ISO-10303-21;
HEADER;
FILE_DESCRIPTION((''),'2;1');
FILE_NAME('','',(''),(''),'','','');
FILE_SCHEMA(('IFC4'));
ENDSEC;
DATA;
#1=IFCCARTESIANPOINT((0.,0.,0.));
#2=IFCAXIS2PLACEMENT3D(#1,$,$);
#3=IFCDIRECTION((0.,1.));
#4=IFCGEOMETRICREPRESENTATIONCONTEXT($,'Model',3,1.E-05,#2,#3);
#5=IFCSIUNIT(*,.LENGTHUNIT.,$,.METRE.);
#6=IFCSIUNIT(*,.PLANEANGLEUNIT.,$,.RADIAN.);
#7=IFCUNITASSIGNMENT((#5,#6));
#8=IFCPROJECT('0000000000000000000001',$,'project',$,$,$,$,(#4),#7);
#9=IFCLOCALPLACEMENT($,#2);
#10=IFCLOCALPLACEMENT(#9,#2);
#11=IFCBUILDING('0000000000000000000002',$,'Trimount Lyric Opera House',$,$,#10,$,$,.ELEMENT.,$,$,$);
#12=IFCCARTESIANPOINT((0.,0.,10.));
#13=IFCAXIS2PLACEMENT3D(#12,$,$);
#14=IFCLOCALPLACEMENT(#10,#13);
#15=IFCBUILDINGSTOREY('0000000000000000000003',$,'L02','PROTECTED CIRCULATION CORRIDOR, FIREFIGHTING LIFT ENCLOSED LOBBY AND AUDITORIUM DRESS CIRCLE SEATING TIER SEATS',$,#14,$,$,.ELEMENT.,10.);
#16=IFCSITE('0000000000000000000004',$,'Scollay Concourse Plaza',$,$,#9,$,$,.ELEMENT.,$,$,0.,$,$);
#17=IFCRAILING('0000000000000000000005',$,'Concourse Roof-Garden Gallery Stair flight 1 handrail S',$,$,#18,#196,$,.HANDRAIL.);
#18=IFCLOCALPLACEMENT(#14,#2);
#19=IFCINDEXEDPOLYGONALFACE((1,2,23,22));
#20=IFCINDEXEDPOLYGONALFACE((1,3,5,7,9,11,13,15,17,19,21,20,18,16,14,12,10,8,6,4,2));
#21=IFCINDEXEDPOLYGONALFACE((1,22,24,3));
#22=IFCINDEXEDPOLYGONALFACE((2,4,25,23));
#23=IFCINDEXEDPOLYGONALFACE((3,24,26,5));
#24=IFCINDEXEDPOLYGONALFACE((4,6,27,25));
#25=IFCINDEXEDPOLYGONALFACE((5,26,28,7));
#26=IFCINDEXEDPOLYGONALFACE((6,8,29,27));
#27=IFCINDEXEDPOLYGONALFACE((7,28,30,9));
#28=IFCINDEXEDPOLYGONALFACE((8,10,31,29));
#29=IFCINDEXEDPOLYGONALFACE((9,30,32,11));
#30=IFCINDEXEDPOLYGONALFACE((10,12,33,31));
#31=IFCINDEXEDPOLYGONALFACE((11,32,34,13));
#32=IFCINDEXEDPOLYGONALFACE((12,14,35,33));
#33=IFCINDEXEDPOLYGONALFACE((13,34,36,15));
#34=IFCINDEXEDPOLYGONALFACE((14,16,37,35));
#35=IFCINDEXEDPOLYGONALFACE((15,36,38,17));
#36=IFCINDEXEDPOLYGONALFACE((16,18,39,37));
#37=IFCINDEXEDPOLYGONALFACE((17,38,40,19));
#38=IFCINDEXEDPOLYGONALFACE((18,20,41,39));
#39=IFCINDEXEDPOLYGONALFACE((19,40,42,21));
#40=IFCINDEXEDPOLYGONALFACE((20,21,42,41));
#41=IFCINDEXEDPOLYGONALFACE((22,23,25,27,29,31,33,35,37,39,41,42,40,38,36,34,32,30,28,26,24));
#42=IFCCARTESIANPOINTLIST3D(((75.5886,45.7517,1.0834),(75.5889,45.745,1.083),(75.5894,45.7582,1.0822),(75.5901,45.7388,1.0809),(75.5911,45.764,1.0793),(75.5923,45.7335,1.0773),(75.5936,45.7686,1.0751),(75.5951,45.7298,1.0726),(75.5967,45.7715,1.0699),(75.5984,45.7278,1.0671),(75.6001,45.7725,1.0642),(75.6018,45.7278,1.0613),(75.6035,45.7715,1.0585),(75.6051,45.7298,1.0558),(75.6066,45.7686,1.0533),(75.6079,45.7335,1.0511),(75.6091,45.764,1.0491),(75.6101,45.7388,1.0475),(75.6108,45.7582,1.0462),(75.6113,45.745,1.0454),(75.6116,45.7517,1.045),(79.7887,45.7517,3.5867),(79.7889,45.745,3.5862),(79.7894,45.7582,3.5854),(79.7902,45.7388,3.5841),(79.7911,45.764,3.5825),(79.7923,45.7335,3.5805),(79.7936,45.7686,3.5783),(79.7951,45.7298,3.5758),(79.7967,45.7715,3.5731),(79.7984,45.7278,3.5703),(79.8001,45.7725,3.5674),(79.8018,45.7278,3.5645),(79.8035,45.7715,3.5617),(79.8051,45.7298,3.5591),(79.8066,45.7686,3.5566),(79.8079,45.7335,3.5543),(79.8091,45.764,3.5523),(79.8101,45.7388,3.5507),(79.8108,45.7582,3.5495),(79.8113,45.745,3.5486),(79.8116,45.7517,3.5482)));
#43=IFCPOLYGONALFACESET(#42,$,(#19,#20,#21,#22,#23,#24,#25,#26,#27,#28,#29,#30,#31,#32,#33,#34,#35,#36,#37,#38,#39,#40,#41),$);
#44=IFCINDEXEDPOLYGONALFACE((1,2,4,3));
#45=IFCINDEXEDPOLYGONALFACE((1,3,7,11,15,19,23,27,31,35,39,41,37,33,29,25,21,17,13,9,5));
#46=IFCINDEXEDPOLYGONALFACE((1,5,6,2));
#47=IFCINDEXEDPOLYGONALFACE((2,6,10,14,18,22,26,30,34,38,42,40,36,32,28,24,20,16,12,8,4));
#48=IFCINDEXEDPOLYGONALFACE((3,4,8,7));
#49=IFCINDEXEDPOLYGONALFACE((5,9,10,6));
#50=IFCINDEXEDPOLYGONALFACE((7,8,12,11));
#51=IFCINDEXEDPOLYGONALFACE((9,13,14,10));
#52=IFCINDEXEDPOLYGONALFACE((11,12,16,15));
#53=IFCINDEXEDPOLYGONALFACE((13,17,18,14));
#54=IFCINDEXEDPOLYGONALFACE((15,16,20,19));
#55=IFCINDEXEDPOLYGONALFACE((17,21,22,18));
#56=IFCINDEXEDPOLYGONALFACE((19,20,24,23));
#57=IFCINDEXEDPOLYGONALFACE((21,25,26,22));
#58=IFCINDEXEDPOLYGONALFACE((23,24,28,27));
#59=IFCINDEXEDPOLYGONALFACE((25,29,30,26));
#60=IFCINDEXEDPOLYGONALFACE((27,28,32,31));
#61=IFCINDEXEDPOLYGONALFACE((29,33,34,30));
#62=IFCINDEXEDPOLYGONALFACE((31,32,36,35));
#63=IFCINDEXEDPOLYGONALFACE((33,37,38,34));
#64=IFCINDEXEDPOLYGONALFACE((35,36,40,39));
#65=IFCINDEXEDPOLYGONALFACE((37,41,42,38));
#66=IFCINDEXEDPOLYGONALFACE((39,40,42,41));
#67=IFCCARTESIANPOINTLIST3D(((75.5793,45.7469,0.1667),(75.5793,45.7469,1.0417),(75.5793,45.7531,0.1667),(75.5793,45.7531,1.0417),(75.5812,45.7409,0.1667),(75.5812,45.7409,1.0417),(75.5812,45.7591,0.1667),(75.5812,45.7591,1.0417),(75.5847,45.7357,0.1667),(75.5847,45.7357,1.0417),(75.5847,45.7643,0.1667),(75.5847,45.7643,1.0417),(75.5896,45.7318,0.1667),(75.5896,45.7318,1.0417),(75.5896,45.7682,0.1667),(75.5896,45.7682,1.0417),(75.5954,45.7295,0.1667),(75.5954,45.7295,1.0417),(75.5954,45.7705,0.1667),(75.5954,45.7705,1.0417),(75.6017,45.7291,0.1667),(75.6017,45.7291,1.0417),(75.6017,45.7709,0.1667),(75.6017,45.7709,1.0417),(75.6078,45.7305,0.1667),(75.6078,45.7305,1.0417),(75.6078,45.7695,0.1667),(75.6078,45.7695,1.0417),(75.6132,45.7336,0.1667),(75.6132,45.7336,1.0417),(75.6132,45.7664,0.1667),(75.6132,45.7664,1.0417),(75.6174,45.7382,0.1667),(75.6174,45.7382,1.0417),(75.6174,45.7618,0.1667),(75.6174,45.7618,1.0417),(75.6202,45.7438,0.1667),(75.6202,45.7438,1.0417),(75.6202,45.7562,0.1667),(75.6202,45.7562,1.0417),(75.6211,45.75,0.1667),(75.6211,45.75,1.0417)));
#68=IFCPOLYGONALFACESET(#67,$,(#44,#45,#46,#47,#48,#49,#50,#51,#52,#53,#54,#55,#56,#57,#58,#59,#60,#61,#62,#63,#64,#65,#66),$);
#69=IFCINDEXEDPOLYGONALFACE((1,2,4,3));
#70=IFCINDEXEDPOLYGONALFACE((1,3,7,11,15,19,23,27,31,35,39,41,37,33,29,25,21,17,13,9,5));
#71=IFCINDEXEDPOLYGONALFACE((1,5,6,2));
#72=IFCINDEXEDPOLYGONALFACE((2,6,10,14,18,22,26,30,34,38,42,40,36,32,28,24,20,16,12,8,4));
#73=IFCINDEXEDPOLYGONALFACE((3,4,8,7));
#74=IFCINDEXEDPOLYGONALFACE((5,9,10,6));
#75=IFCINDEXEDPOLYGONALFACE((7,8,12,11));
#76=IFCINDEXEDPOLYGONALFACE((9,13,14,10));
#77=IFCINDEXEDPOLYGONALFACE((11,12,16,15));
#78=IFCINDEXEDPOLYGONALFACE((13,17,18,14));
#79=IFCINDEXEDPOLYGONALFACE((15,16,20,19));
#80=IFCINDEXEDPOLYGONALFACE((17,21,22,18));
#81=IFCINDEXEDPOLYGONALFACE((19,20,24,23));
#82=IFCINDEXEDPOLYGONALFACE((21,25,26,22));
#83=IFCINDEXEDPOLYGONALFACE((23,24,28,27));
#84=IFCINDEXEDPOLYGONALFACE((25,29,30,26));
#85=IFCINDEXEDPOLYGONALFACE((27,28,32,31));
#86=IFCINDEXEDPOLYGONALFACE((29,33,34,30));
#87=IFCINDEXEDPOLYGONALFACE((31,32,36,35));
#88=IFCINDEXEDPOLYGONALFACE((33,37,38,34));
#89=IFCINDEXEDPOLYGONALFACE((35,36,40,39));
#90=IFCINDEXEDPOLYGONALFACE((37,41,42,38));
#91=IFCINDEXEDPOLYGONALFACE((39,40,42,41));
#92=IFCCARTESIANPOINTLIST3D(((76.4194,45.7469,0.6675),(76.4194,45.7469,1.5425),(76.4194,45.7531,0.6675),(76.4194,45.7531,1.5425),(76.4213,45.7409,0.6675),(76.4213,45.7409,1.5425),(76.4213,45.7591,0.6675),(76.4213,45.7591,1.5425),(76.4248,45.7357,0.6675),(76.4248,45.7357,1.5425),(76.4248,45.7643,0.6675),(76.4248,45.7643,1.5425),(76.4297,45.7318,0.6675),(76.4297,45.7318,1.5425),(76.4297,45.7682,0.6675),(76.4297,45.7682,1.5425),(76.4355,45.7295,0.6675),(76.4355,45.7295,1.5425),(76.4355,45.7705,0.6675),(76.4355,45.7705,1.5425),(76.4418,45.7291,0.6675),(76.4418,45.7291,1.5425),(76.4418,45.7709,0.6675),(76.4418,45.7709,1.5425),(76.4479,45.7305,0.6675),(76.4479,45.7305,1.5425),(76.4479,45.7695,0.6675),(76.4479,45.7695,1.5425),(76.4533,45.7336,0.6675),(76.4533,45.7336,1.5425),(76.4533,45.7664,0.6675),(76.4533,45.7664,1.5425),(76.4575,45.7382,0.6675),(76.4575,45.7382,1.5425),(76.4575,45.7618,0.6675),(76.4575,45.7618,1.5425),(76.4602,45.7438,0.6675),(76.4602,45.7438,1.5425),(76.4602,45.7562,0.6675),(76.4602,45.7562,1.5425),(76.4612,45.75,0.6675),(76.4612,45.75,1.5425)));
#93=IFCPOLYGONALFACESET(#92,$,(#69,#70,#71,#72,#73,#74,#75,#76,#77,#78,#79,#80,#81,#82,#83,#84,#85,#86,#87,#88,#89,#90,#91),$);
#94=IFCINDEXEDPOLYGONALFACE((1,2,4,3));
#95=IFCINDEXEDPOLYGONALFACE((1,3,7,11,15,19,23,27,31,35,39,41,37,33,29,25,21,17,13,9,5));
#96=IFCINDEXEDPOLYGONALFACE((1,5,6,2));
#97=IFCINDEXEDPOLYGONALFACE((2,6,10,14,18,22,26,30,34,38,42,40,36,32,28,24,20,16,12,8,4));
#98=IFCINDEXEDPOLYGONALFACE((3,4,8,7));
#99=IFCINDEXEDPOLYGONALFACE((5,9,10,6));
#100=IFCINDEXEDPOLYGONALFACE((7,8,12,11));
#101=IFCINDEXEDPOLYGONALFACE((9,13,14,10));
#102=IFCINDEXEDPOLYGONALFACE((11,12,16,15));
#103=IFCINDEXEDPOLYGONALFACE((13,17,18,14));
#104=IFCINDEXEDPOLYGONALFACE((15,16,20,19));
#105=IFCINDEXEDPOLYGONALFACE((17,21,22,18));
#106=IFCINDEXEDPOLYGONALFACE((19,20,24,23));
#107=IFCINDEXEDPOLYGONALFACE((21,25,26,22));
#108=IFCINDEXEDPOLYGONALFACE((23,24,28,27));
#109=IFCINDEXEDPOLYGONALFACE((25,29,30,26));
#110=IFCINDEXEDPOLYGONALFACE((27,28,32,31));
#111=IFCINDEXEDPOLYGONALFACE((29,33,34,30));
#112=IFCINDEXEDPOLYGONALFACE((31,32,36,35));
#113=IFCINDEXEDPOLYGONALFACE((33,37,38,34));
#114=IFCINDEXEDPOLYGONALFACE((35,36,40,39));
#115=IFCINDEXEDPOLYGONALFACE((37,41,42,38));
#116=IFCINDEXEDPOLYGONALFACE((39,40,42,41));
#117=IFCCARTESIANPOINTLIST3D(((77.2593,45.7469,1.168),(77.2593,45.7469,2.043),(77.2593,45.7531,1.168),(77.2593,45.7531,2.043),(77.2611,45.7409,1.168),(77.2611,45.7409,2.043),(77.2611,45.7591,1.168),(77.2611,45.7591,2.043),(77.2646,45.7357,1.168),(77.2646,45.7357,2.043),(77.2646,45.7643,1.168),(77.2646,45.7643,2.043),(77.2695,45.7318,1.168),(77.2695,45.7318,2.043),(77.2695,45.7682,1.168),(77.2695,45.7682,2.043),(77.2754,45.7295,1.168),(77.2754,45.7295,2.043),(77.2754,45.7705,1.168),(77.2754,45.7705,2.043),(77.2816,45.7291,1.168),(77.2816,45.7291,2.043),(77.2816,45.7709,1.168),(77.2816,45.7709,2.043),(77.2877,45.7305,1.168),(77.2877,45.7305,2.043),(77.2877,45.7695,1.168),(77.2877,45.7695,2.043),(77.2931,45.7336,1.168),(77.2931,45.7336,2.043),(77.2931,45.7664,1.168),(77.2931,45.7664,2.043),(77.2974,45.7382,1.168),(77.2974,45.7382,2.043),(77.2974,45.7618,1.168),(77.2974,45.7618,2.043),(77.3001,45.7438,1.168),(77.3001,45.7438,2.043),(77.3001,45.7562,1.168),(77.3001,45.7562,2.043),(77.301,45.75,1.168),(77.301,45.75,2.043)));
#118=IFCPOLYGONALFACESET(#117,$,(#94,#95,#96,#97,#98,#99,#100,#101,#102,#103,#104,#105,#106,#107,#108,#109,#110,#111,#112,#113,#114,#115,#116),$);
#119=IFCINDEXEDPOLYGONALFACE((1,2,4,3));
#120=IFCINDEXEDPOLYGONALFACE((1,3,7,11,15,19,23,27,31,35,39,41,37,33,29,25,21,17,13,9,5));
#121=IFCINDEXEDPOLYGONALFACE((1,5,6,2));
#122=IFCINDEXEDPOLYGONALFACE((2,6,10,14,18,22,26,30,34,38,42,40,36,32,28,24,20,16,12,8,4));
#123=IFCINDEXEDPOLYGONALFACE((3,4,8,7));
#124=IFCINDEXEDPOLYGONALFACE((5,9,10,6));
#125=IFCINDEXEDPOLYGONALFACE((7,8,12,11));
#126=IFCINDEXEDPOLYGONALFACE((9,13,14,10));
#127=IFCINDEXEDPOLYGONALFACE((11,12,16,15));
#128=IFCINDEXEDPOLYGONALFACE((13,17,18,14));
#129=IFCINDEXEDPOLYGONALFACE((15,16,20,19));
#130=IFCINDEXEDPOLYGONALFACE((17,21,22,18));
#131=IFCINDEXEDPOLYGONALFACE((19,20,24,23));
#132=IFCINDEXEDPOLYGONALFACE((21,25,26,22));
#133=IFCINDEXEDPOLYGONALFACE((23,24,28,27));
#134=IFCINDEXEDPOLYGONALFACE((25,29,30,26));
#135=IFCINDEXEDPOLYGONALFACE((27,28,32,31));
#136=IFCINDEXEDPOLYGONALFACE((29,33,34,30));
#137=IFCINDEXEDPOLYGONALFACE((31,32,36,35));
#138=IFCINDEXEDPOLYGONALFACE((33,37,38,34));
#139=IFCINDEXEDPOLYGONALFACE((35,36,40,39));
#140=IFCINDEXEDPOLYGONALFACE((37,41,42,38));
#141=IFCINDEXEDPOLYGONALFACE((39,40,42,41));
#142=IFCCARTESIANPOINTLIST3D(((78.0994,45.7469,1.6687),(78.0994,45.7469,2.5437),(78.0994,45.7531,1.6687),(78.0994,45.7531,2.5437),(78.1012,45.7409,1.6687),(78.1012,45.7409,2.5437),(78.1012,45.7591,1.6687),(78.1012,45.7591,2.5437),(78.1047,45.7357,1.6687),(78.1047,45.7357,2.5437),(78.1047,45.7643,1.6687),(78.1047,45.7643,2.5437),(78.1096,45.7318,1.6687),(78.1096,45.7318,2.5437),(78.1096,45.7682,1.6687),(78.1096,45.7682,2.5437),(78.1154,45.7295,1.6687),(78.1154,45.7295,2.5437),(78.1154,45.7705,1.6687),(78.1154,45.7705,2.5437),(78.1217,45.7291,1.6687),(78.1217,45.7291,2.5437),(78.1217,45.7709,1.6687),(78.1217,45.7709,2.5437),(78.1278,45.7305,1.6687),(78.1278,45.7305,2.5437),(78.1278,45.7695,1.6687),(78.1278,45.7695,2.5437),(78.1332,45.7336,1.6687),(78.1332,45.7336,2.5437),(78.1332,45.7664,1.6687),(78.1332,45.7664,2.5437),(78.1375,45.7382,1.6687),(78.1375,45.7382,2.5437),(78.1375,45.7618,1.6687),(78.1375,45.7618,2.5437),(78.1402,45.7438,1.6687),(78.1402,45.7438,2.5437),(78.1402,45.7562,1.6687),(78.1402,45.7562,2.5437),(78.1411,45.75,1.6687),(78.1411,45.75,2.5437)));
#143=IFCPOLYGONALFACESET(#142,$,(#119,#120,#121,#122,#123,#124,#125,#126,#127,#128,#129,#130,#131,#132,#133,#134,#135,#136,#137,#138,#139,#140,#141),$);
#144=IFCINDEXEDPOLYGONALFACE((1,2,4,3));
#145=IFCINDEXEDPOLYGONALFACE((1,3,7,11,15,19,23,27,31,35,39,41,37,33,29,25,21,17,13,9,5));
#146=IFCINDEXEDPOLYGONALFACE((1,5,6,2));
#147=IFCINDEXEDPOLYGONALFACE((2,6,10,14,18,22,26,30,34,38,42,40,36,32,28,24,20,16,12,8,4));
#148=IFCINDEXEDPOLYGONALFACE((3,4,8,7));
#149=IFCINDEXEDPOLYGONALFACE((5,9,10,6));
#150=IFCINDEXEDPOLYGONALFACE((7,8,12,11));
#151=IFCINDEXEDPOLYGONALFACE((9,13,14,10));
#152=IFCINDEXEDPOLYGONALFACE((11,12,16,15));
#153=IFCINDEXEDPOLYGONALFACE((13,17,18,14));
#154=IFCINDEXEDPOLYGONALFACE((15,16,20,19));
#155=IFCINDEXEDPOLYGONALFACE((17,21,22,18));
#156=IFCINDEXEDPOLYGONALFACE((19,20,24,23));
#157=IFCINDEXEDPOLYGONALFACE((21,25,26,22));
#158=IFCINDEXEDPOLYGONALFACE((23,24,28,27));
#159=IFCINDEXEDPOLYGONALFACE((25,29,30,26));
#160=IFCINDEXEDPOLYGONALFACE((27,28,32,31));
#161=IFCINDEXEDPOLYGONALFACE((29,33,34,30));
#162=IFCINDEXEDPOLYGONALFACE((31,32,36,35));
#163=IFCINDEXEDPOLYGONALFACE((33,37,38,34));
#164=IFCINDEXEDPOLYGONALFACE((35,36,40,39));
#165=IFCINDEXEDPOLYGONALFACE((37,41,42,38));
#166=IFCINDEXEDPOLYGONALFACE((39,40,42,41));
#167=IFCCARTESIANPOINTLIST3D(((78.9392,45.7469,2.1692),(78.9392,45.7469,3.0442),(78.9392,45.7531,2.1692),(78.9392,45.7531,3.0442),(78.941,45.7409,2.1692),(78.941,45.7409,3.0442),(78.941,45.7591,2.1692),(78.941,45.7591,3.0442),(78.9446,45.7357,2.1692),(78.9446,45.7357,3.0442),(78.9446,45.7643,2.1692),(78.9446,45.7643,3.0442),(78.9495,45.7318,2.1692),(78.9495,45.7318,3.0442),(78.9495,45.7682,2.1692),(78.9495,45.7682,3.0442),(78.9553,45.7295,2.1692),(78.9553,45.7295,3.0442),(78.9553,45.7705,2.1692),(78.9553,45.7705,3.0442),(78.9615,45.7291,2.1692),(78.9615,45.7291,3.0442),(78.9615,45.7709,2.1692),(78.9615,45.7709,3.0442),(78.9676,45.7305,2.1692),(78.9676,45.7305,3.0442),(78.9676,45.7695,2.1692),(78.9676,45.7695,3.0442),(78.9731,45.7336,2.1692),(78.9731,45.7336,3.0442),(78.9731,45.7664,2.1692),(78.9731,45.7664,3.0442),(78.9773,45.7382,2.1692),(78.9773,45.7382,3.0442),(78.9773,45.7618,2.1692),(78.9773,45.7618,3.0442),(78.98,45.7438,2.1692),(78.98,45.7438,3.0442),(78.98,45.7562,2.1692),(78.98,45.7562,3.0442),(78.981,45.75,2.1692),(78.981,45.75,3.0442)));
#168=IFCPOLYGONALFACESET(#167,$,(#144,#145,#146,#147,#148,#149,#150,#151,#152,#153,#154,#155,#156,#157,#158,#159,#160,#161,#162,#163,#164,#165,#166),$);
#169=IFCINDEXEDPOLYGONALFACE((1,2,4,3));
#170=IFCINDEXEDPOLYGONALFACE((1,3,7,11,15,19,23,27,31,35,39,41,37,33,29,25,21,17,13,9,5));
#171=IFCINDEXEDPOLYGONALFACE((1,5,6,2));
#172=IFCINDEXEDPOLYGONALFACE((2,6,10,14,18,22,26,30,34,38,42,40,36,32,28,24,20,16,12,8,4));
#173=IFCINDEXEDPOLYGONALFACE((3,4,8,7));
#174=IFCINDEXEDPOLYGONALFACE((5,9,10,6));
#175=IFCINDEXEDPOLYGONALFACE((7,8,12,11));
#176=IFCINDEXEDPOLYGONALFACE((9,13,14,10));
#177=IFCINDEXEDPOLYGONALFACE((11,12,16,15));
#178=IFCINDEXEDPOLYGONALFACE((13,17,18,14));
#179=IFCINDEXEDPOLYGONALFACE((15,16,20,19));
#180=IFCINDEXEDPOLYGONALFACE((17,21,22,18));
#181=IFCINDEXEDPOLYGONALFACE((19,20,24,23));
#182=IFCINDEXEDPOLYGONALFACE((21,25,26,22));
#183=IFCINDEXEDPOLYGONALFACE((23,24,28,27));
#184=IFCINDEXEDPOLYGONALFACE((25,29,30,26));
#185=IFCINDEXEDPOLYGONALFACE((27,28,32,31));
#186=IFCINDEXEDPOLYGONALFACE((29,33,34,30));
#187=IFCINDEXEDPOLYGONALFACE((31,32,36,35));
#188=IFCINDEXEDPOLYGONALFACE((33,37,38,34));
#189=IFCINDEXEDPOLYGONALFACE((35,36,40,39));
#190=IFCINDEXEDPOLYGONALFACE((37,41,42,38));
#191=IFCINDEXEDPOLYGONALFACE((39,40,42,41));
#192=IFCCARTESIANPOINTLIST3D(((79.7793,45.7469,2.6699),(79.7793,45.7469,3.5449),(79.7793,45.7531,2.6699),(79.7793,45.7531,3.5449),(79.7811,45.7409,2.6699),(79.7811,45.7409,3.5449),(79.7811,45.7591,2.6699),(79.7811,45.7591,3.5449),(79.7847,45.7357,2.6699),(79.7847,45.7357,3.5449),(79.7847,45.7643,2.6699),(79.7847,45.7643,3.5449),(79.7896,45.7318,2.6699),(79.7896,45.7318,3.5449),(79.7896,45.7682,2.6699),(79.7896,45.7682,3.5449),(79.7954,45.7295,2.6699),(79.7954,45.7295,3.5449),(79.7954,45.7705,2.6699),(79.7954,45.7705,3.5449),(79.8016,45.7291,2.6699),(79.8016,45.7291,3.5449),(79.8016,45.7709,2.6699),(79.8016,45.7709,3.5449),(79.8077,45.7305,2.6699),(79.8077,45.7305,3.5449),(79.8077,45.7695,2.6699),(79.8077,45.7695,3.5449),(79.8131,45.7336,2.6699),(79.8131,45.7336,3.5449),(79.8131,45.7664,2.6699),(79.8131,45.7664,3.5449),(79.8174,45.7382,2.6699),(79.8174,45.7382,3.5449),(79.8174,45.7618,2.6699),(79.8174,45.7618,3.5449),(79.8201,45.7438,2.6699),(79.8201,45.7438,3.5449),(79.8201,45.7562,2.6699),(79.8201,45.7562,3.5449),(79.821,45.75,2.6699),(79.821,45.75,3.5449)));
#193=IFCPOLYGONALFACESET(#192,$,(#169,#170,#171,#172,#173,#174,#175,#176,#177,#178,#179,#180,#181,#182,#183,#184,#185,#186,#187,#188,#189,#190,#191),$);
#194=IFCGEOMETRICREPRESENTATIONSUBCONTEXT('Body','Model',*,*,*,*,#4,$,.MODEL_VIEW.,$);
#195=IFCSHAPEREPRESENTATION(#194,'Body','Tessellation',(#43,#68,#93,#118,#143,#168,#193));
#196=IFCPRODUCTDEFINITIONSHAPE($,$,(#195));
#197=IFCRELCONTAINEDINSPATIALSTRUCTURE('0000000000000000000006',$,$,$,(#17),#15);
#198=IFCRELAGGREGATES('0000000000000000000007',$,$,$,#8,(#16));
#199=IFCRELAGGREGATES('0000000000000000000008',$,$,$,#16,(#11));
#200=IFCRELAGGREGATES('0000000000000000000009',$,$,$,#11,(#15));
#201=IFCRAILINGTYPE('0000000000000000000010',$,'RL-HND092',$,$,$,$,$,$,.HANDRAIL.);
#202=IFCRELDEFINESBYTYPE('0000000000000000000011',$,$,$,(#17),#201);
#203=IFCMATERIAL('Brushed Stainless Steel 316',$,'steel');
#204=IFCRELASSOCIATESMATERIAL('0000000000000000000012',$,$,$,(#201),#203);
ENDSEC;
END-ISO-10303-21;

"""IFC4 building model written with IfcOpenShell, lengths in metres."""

from ifc_helpers import new_model, si_unit, direction, frame, origin, origin_2d, place, context, subcontext, project, spatial, circle, extrude, material, type_object, element, save


model = new_model("IFC4")

# Units and contexts
model_context = context("Model", 3, precision=1e-05, world=origin(), true_north=direction((0.0, 1.0)))
body_context = subcontext(model_context, "Body", "Model", "MODEL_VIEW")
ifc_project = project(units=[si_unit("LENGTHUNIT", "METRE"), si_unit("PLANEANGLEUNIT", "RADIAN")], contexts=[model_context])

# Site, building, storey
site_placement = place(None, origin())
site = spatial("IfcSite", under=ifc_project, at=site_placement, Name="Scollay Concourse Plaza", CompositionType="ELEMENT", RefElevation=0.0)
building_placement = place(site_placement, origin())
building = spatial("IfcBuilding", under=site, at=building_placement, Name="Trimount Lyric Opera House", CompositionType="ELEMENT")
storey_placement = place(building_placement, frame((0.0, 0.0, 10.0)))
storey = spatial("IfcBuildingStorey", under=building, at=storey_placement, Name="L02", Description="PROTECTED CIRCULATION CORRIDOR, FIREFIGHTING LIFT ENCLOSED LOBBY AND AUDITORIUM DRESS CIRCLE SEATING TIER SEATS", CompositionType="ELEMENT", Elevation=10.0)

# Railing
ifc_material_1 = material(Name="Brushed Stainless Steel 316", Category="steel")
railing_type_1 = type_object("IfcRailingType", Name="RL-HND092", PredefinedType="HANDRAIL", material=ifc_material_1)
railing_1_placement = place(storey_placement, frame((75.6001, 45.75, 0.1667)))
element("IfcRailing", 1, at=railing_1_placement, inside=storey, type_object=railing_type_1, Name="Concourse Roof-Garden Gallery Stair flight 1 handrail S", PredefinedType="HANDRAIL", context=body_context, shape_type="SweptSolid", body=[
    extrude(circle(Radius=0.0225, at=origin_2d()), frame((0.0, 0.0, 0.8975), z_axis=(0.859005, 0.0, 0.511967), x_axis=(0.0, 1.0, 0.0)), (0.0, 0.0, 1.0), 4.8894),
    extrude(circle(Radius=0.021, at=origin_2d()), origin(), (0.0, 0.0, 1.0), 0.875),
    extrude(circle(Radius=0.021, at=origin_2d()), frame((0.8401, 0.0, 0.5007)), (0.0, 0.0, 1.0), 0.875),
    extrude(circle(Radius=0.021, at=origin_2d()), frame((1.6799, 0.0, 1.0012)), (0.0, 0.0, 1.0), 0.875),
    extrude(circle(Radius=0.021, at=origin_2d()), frame((2.52, 0.0, 1.502)), (0.0, 0.0, 1.0), 0.875),
    extrude(circle(Radius=0.021, at=origin_2d()), frame((3.3599, 0.0, 2.0024)), (0.0, 0.0, 1.0), 0.875),
    extrude(circle(Radius=0.021, at=origin_2d()), frame((4.2, 0.0, 2.5032)), (0.0, 0.0, 1.0), 0.875),
])

save(model, "model.ifc")
